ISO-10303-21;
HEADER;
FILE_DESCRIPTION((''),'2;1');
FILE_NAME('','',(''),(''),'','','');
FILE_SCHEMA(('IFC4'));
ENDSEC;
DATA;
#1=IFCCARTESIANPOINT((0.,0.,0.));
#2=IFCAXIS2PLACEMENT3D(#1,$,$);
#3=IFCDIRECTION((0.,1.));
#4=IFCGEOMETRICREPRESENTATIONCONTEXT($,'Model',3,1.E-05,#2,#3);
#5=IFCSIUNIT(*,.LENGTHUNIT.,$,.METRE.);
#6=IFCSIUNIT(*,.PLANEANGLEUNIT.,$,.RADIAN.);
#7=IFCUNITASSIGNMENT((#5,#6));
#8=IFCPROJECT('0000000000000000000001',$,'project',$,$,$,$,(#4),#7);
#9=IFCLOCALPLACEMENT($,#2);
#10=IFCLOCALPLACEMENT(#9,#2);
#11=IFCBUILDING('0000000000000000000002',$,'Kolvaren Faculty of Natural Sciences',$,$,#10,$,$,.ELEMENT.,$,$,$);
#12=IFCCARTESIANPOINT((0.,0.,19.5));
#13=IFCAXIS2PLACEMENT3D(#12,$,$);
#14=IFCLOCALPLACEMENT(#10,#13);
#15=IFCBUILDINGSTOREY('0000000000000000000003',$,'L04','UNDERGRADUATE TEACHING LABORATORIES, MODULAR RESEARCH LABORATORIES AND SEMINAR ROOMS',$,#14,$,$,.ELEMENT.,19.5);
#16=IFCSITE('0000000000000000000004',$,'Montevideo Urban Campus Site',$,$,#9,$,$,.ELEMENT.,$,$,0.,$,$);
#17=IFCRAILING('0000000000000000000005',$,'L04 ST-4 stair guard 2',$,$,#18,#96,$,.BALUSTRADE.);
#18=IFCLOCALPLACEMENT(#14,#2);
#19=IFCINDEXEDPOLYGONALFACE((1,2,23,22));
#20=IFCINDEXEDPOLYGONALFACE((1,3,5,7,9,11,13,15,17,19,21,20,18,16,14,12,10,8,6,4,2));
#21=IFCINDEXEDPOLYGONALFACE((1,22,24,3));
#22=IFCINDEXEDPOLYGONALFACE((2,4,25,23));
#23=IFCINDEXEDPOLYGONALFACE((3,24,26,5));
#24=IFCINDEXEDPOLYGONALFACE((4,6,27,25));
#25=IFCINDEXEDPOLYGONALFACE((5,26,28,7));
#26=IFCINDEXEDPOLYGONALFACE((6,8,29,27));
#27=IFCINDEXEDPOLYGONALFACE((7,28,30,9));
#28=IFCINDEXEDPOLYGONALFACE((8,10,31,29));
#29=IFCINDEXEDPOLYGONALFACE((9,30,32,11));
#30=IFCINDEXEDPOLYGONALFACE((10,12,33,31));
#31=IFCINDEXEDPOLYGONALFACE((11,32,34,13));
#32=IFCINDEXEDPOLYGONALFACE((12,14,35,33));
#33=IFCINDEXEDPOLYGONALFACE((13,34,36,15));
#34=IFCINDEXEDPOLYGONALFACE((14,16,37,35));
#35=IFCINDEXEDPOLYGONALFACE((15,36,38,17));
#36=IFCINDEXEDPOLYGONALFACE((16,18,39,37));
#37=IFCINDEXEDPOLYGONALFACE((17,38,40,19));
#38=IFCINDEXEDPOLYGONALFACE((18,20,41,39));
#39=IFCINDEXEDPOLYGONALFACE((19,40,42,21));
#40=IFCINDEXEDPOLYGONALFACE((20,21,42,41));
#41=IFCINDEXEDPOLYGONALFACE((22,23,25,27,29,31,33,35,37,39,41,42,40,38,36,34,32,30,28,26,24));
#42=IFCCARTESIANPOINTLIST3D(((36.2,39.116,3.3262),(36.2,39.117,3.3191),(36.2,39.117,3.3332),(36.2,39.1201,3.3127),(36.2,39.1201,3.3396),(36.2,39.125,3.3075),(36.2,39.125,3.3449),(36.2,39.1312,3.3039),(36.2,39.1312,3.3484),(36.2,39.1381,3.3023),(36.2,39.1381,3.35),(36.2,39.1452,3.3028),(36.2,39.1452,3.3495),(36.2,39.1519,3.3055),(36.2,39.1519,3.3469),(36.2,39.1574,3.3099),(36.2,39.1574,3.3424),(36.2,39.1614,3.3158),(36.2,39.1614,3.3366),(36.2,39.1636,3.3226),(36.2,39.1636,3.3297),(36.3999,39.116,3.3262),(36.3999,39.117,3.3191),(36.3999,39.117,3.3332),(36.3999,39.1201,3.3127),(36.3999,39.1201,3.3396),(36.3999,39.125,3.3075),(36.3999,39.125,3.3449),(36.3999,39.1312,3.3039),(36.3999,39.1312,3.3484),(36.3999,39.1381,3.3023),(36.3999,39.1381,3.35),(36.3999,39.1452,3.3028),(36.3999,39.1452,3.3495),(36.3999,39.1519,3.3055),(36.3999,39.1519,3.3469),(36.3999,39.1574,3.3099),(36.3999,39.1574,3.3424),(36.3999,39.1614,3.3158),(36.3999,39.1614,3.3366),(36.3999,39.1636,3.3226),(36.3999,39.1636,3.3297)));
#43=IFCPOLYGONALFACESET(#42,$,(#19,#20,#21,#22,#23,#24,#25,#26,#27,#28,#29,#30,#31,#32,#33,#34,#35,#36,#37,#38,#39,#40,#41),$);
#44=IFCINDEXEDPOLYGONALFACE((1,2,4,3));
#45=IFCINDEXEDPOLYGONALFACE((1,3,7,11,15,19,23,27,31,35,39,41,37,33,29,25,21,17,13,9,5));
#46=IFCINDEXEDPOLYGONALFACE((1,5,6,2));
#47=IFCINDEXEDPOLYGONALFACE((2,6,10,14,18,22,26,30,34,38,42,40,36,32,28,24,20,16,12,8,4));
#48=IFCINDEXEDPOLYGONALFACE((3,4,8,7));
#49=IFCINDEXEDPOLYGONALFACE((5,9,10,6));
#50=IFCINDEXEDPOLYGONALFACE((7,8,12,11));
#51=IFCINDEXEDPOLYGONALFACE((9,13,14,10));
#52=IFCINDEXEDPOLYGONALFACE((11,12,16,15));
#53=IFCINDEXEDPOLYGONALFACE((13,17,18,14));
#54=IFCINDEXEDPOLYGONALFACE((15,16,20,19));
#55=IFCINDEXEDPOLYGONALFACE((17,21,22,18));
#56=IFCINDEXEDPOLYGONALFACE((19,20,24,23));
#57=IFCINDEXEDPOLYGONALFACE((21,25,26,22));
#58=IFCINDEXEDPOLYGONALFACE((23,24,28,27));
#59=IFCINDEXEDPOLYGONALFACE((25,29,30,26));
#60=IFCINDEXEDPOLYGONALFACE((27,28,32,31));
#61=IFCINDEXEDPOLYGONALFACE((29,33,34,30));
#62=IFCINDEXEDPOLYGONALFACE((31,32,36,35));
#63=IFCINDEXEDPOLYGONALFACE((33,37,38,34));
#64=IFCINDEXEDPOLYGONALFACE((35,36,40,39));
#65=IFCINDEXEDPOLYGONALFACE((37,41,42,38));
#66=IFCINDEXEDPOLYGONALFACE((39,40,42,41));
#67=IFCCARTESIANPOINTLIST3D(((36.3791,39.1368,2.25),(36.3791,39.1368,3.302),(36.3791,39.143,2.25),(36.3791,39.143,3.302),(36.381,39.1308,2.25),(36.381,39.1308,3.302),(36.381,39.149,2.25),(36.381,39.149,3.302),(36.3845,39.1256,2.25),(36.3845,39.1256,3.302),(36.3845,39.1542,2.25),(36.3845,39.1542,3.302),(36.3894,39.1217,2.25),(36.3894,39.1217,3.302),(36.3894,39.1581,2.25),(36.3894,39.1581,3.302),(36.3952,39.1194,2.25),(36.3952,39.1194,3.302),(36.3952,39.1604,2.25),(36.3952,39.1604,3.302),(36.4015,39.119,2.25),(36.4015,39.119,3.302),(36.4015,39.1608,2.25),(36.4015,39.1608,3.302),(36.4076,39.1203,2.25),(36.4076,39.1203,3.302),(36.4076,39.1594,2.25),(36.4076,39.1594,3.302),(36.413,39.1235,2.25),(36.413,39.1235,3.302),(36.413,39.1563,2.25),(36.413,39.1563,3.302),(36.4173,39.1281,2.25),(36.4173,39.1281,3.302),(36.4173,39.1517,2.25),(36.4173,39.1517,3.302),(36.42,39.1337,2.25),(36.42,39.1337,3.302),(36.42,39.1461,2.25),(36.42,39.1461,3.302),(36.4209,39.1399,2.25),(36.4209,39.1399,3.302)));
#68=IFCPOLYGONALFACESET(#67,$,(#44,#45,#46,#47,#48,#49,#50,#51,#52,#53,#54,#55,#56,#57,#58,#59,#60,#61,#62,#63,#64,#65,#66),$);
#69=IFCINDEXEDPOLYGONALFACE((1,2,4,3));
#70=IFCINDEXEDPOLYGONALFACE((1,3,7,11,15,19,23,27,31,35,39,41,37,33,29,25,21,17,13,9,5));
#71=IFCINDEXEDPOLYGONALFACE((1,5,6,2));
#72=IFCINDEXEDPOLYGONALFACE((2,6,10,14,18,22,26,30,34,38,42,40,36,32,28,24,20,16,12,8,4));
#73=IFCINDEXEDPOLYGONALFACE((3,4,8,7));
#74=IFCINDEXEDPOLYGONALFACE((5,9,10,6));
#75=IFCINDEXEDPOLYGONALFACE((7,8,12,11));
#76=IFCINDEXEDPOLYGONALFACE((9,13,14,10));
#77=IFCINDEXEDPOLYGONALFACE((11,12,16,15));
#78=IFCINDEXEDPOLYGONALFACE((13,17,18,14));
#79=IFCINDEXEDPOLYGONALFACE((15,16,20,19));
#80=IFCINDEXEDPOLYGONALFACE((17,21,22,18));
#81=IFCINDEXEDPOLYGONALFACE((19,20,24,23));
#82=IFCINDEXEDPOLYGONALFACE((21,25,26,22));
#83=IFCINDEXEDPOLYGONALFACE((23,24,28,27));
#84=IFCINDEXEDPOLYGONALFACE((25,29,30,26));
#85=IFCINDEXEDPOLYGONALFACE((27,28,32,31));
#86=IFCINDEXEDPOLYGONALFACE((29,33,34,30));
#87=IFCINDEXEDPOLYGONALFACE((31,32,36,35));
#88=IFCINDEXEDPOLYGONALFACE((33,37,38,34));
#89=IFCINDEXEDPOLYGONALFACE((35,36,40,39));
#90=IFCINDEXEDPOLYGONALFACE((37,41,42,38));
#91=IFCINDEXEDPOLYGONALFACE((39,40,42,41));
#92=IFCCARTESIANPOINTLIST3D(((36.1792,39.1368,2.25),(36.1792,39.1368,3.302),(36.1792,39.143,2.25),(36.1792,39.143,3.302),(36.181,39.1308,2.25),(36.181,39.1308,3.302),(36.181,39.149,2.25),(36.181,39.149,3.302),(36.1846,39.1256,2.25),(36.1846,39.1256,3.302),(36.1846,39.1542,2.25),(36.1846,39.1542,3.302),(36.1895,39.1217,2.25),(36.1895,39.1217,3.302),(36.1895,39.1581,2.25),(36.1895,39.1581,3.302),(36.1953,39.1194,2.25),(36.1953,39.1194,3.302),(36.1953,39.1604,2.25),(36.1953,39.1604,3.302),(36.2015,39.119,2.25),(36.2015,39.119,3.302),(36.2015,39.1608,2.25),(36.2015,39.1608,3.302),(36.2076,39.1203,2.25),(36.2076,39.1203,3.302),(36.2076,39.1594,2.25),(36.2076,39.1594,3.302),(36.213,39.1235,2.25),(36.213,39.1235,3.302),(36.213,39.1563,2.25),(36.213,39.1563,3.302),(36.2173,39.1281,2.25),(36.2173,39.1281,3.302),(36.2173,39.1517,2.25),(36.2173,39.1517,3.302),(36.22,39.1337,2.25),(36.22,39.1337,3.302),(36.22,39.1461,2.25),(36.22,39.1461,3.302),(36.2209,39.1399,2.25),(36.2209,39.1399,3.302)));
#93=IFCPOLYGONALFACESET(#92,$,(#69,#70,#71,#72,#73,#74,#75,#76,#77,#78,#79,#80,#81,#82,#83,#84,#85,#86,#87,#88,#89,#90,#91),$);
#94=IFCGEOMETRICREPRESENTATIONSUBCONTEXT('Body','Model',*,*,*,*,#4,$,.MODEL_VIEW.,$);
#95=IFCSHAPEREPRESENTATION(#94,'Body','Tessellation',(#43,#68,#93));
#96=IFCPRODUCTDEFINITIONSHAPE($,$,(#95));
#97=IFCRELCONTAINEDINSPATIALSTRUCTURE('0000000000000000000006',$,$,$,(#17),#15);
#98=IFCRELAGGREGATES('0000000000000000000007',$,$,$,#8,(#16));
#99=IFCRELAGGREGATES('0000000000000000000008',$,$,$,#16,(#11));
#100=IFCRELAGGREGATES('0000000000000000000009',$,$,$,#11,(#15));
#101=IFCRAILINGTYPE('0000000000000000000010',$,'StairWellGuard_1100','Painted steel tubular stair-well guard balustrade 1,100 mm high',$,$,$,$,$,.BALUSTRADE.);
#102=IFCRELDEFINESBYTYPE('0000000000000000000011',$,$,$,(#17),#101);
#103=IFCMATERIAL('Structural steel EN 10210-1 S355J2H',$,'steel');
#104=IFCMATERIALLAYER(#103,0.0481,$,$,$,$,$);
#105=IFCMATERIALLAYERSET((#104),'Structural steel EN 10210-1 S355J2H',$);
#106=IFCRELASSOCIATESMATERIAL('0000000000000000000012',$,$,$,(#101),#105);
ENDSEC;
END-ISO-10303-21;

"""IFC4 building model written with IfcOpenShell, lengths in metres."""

from ifc_helpers import new_model, si_unit, direction, frame, origin, origin_2d, place, context, subcontext, project, spatial, circle, extrude, material, layer, layer_set, type_object, element, save


model = new_model("IFC4")

# Units and contexts
model_context = context("Model", 3, precision=1e-05, world=origin(), true_north=direction((0.0, 1.0)))
body_context = subcontext(model_context, "Body", "Model", "MODEL_VIEW")
ifc_project = project(units=[si_unit("LENGTHUNIT", "METRE"), si_unit("PLANEANGLEUNIT", "RADIAN")], contexts=[model_context])

# Site, building, storey
site_placement = place(None, origin())
site = spatial("IfcSite", under=ifc_project, at=site_placement, Name="Montevideo Urban Campus Site", CompositionType="ELEMENT", RefElevation=0.0)
building_placement = place(site_placement, origin())
building = spatial("IfcBuilding", under=site, at=building_placement, Name="Kolvaren Faculty of Natural Sciences", CompositionType="ELEMENT")
storey_placement = place(building_placement, frame((0.0, 0.0, 19.5)))
storey = spatial("IfcBuildingStorey", under=building, at=storey_placement, Name="L04", Description="UNDERGRADUATE TEACHING LABORATORIES, MODULAR RESEARCH LABORATORIES AND SEMINAR ROOMS", CompositionType="ELEMENT", Elevation=19.5)

# Railing
ifc_material_1 = material(Name="Structural steel EN 10210-1 S355J2H", Category="steel")
ifc_layer_1 = layer(ifc_material_1, 0.0481)
ifc_layer_set_1 = layer_set([ifc_layer_1], Name="Structural steel EN 10210-1 S355J2H")
railing_type_1 = type_object("IfcRailingType", Name="StairWellGuard_1100", Description="Painted steel tubular stair-well guard balustrade 1,100 mm high", PredefinedType="BALUSTRADE", material=ifc_layer_set_1)
railing_1_placement = place(storey_placement, frame((36.3999, 39.1399, 2.25)))
element("IfcRailing", 1, at=railing_1_placement, inside=storey, type_object=railing_type_1, Name="L04 ST-4 stair guard 2", PredefinedType="BALUSTRADE", context=body_context, shape_type="SweptSolid", body=[
    extrude(circle(Radius=0.0239, at=origin_2d()), frame((0.0, 0.0, 1.0762), z_axis=(-1.0, 0.0, 0.0), x_axis=(0.0, -1.0, 0.0)), (0.0, 0.0, 1.0), 0.2),
    extrude(circle(Radius=0.021, at=origin_2d()), origin(), (0.0, 0.0, 1.0), 1.052),
    extrude(circle(Radius=0.021, at=origin_2d()), frame((-0.2, 0.0, 0.0)), (0.0, 0.0, 1.0), 1.052),
])

save(model, "model.ifc")
